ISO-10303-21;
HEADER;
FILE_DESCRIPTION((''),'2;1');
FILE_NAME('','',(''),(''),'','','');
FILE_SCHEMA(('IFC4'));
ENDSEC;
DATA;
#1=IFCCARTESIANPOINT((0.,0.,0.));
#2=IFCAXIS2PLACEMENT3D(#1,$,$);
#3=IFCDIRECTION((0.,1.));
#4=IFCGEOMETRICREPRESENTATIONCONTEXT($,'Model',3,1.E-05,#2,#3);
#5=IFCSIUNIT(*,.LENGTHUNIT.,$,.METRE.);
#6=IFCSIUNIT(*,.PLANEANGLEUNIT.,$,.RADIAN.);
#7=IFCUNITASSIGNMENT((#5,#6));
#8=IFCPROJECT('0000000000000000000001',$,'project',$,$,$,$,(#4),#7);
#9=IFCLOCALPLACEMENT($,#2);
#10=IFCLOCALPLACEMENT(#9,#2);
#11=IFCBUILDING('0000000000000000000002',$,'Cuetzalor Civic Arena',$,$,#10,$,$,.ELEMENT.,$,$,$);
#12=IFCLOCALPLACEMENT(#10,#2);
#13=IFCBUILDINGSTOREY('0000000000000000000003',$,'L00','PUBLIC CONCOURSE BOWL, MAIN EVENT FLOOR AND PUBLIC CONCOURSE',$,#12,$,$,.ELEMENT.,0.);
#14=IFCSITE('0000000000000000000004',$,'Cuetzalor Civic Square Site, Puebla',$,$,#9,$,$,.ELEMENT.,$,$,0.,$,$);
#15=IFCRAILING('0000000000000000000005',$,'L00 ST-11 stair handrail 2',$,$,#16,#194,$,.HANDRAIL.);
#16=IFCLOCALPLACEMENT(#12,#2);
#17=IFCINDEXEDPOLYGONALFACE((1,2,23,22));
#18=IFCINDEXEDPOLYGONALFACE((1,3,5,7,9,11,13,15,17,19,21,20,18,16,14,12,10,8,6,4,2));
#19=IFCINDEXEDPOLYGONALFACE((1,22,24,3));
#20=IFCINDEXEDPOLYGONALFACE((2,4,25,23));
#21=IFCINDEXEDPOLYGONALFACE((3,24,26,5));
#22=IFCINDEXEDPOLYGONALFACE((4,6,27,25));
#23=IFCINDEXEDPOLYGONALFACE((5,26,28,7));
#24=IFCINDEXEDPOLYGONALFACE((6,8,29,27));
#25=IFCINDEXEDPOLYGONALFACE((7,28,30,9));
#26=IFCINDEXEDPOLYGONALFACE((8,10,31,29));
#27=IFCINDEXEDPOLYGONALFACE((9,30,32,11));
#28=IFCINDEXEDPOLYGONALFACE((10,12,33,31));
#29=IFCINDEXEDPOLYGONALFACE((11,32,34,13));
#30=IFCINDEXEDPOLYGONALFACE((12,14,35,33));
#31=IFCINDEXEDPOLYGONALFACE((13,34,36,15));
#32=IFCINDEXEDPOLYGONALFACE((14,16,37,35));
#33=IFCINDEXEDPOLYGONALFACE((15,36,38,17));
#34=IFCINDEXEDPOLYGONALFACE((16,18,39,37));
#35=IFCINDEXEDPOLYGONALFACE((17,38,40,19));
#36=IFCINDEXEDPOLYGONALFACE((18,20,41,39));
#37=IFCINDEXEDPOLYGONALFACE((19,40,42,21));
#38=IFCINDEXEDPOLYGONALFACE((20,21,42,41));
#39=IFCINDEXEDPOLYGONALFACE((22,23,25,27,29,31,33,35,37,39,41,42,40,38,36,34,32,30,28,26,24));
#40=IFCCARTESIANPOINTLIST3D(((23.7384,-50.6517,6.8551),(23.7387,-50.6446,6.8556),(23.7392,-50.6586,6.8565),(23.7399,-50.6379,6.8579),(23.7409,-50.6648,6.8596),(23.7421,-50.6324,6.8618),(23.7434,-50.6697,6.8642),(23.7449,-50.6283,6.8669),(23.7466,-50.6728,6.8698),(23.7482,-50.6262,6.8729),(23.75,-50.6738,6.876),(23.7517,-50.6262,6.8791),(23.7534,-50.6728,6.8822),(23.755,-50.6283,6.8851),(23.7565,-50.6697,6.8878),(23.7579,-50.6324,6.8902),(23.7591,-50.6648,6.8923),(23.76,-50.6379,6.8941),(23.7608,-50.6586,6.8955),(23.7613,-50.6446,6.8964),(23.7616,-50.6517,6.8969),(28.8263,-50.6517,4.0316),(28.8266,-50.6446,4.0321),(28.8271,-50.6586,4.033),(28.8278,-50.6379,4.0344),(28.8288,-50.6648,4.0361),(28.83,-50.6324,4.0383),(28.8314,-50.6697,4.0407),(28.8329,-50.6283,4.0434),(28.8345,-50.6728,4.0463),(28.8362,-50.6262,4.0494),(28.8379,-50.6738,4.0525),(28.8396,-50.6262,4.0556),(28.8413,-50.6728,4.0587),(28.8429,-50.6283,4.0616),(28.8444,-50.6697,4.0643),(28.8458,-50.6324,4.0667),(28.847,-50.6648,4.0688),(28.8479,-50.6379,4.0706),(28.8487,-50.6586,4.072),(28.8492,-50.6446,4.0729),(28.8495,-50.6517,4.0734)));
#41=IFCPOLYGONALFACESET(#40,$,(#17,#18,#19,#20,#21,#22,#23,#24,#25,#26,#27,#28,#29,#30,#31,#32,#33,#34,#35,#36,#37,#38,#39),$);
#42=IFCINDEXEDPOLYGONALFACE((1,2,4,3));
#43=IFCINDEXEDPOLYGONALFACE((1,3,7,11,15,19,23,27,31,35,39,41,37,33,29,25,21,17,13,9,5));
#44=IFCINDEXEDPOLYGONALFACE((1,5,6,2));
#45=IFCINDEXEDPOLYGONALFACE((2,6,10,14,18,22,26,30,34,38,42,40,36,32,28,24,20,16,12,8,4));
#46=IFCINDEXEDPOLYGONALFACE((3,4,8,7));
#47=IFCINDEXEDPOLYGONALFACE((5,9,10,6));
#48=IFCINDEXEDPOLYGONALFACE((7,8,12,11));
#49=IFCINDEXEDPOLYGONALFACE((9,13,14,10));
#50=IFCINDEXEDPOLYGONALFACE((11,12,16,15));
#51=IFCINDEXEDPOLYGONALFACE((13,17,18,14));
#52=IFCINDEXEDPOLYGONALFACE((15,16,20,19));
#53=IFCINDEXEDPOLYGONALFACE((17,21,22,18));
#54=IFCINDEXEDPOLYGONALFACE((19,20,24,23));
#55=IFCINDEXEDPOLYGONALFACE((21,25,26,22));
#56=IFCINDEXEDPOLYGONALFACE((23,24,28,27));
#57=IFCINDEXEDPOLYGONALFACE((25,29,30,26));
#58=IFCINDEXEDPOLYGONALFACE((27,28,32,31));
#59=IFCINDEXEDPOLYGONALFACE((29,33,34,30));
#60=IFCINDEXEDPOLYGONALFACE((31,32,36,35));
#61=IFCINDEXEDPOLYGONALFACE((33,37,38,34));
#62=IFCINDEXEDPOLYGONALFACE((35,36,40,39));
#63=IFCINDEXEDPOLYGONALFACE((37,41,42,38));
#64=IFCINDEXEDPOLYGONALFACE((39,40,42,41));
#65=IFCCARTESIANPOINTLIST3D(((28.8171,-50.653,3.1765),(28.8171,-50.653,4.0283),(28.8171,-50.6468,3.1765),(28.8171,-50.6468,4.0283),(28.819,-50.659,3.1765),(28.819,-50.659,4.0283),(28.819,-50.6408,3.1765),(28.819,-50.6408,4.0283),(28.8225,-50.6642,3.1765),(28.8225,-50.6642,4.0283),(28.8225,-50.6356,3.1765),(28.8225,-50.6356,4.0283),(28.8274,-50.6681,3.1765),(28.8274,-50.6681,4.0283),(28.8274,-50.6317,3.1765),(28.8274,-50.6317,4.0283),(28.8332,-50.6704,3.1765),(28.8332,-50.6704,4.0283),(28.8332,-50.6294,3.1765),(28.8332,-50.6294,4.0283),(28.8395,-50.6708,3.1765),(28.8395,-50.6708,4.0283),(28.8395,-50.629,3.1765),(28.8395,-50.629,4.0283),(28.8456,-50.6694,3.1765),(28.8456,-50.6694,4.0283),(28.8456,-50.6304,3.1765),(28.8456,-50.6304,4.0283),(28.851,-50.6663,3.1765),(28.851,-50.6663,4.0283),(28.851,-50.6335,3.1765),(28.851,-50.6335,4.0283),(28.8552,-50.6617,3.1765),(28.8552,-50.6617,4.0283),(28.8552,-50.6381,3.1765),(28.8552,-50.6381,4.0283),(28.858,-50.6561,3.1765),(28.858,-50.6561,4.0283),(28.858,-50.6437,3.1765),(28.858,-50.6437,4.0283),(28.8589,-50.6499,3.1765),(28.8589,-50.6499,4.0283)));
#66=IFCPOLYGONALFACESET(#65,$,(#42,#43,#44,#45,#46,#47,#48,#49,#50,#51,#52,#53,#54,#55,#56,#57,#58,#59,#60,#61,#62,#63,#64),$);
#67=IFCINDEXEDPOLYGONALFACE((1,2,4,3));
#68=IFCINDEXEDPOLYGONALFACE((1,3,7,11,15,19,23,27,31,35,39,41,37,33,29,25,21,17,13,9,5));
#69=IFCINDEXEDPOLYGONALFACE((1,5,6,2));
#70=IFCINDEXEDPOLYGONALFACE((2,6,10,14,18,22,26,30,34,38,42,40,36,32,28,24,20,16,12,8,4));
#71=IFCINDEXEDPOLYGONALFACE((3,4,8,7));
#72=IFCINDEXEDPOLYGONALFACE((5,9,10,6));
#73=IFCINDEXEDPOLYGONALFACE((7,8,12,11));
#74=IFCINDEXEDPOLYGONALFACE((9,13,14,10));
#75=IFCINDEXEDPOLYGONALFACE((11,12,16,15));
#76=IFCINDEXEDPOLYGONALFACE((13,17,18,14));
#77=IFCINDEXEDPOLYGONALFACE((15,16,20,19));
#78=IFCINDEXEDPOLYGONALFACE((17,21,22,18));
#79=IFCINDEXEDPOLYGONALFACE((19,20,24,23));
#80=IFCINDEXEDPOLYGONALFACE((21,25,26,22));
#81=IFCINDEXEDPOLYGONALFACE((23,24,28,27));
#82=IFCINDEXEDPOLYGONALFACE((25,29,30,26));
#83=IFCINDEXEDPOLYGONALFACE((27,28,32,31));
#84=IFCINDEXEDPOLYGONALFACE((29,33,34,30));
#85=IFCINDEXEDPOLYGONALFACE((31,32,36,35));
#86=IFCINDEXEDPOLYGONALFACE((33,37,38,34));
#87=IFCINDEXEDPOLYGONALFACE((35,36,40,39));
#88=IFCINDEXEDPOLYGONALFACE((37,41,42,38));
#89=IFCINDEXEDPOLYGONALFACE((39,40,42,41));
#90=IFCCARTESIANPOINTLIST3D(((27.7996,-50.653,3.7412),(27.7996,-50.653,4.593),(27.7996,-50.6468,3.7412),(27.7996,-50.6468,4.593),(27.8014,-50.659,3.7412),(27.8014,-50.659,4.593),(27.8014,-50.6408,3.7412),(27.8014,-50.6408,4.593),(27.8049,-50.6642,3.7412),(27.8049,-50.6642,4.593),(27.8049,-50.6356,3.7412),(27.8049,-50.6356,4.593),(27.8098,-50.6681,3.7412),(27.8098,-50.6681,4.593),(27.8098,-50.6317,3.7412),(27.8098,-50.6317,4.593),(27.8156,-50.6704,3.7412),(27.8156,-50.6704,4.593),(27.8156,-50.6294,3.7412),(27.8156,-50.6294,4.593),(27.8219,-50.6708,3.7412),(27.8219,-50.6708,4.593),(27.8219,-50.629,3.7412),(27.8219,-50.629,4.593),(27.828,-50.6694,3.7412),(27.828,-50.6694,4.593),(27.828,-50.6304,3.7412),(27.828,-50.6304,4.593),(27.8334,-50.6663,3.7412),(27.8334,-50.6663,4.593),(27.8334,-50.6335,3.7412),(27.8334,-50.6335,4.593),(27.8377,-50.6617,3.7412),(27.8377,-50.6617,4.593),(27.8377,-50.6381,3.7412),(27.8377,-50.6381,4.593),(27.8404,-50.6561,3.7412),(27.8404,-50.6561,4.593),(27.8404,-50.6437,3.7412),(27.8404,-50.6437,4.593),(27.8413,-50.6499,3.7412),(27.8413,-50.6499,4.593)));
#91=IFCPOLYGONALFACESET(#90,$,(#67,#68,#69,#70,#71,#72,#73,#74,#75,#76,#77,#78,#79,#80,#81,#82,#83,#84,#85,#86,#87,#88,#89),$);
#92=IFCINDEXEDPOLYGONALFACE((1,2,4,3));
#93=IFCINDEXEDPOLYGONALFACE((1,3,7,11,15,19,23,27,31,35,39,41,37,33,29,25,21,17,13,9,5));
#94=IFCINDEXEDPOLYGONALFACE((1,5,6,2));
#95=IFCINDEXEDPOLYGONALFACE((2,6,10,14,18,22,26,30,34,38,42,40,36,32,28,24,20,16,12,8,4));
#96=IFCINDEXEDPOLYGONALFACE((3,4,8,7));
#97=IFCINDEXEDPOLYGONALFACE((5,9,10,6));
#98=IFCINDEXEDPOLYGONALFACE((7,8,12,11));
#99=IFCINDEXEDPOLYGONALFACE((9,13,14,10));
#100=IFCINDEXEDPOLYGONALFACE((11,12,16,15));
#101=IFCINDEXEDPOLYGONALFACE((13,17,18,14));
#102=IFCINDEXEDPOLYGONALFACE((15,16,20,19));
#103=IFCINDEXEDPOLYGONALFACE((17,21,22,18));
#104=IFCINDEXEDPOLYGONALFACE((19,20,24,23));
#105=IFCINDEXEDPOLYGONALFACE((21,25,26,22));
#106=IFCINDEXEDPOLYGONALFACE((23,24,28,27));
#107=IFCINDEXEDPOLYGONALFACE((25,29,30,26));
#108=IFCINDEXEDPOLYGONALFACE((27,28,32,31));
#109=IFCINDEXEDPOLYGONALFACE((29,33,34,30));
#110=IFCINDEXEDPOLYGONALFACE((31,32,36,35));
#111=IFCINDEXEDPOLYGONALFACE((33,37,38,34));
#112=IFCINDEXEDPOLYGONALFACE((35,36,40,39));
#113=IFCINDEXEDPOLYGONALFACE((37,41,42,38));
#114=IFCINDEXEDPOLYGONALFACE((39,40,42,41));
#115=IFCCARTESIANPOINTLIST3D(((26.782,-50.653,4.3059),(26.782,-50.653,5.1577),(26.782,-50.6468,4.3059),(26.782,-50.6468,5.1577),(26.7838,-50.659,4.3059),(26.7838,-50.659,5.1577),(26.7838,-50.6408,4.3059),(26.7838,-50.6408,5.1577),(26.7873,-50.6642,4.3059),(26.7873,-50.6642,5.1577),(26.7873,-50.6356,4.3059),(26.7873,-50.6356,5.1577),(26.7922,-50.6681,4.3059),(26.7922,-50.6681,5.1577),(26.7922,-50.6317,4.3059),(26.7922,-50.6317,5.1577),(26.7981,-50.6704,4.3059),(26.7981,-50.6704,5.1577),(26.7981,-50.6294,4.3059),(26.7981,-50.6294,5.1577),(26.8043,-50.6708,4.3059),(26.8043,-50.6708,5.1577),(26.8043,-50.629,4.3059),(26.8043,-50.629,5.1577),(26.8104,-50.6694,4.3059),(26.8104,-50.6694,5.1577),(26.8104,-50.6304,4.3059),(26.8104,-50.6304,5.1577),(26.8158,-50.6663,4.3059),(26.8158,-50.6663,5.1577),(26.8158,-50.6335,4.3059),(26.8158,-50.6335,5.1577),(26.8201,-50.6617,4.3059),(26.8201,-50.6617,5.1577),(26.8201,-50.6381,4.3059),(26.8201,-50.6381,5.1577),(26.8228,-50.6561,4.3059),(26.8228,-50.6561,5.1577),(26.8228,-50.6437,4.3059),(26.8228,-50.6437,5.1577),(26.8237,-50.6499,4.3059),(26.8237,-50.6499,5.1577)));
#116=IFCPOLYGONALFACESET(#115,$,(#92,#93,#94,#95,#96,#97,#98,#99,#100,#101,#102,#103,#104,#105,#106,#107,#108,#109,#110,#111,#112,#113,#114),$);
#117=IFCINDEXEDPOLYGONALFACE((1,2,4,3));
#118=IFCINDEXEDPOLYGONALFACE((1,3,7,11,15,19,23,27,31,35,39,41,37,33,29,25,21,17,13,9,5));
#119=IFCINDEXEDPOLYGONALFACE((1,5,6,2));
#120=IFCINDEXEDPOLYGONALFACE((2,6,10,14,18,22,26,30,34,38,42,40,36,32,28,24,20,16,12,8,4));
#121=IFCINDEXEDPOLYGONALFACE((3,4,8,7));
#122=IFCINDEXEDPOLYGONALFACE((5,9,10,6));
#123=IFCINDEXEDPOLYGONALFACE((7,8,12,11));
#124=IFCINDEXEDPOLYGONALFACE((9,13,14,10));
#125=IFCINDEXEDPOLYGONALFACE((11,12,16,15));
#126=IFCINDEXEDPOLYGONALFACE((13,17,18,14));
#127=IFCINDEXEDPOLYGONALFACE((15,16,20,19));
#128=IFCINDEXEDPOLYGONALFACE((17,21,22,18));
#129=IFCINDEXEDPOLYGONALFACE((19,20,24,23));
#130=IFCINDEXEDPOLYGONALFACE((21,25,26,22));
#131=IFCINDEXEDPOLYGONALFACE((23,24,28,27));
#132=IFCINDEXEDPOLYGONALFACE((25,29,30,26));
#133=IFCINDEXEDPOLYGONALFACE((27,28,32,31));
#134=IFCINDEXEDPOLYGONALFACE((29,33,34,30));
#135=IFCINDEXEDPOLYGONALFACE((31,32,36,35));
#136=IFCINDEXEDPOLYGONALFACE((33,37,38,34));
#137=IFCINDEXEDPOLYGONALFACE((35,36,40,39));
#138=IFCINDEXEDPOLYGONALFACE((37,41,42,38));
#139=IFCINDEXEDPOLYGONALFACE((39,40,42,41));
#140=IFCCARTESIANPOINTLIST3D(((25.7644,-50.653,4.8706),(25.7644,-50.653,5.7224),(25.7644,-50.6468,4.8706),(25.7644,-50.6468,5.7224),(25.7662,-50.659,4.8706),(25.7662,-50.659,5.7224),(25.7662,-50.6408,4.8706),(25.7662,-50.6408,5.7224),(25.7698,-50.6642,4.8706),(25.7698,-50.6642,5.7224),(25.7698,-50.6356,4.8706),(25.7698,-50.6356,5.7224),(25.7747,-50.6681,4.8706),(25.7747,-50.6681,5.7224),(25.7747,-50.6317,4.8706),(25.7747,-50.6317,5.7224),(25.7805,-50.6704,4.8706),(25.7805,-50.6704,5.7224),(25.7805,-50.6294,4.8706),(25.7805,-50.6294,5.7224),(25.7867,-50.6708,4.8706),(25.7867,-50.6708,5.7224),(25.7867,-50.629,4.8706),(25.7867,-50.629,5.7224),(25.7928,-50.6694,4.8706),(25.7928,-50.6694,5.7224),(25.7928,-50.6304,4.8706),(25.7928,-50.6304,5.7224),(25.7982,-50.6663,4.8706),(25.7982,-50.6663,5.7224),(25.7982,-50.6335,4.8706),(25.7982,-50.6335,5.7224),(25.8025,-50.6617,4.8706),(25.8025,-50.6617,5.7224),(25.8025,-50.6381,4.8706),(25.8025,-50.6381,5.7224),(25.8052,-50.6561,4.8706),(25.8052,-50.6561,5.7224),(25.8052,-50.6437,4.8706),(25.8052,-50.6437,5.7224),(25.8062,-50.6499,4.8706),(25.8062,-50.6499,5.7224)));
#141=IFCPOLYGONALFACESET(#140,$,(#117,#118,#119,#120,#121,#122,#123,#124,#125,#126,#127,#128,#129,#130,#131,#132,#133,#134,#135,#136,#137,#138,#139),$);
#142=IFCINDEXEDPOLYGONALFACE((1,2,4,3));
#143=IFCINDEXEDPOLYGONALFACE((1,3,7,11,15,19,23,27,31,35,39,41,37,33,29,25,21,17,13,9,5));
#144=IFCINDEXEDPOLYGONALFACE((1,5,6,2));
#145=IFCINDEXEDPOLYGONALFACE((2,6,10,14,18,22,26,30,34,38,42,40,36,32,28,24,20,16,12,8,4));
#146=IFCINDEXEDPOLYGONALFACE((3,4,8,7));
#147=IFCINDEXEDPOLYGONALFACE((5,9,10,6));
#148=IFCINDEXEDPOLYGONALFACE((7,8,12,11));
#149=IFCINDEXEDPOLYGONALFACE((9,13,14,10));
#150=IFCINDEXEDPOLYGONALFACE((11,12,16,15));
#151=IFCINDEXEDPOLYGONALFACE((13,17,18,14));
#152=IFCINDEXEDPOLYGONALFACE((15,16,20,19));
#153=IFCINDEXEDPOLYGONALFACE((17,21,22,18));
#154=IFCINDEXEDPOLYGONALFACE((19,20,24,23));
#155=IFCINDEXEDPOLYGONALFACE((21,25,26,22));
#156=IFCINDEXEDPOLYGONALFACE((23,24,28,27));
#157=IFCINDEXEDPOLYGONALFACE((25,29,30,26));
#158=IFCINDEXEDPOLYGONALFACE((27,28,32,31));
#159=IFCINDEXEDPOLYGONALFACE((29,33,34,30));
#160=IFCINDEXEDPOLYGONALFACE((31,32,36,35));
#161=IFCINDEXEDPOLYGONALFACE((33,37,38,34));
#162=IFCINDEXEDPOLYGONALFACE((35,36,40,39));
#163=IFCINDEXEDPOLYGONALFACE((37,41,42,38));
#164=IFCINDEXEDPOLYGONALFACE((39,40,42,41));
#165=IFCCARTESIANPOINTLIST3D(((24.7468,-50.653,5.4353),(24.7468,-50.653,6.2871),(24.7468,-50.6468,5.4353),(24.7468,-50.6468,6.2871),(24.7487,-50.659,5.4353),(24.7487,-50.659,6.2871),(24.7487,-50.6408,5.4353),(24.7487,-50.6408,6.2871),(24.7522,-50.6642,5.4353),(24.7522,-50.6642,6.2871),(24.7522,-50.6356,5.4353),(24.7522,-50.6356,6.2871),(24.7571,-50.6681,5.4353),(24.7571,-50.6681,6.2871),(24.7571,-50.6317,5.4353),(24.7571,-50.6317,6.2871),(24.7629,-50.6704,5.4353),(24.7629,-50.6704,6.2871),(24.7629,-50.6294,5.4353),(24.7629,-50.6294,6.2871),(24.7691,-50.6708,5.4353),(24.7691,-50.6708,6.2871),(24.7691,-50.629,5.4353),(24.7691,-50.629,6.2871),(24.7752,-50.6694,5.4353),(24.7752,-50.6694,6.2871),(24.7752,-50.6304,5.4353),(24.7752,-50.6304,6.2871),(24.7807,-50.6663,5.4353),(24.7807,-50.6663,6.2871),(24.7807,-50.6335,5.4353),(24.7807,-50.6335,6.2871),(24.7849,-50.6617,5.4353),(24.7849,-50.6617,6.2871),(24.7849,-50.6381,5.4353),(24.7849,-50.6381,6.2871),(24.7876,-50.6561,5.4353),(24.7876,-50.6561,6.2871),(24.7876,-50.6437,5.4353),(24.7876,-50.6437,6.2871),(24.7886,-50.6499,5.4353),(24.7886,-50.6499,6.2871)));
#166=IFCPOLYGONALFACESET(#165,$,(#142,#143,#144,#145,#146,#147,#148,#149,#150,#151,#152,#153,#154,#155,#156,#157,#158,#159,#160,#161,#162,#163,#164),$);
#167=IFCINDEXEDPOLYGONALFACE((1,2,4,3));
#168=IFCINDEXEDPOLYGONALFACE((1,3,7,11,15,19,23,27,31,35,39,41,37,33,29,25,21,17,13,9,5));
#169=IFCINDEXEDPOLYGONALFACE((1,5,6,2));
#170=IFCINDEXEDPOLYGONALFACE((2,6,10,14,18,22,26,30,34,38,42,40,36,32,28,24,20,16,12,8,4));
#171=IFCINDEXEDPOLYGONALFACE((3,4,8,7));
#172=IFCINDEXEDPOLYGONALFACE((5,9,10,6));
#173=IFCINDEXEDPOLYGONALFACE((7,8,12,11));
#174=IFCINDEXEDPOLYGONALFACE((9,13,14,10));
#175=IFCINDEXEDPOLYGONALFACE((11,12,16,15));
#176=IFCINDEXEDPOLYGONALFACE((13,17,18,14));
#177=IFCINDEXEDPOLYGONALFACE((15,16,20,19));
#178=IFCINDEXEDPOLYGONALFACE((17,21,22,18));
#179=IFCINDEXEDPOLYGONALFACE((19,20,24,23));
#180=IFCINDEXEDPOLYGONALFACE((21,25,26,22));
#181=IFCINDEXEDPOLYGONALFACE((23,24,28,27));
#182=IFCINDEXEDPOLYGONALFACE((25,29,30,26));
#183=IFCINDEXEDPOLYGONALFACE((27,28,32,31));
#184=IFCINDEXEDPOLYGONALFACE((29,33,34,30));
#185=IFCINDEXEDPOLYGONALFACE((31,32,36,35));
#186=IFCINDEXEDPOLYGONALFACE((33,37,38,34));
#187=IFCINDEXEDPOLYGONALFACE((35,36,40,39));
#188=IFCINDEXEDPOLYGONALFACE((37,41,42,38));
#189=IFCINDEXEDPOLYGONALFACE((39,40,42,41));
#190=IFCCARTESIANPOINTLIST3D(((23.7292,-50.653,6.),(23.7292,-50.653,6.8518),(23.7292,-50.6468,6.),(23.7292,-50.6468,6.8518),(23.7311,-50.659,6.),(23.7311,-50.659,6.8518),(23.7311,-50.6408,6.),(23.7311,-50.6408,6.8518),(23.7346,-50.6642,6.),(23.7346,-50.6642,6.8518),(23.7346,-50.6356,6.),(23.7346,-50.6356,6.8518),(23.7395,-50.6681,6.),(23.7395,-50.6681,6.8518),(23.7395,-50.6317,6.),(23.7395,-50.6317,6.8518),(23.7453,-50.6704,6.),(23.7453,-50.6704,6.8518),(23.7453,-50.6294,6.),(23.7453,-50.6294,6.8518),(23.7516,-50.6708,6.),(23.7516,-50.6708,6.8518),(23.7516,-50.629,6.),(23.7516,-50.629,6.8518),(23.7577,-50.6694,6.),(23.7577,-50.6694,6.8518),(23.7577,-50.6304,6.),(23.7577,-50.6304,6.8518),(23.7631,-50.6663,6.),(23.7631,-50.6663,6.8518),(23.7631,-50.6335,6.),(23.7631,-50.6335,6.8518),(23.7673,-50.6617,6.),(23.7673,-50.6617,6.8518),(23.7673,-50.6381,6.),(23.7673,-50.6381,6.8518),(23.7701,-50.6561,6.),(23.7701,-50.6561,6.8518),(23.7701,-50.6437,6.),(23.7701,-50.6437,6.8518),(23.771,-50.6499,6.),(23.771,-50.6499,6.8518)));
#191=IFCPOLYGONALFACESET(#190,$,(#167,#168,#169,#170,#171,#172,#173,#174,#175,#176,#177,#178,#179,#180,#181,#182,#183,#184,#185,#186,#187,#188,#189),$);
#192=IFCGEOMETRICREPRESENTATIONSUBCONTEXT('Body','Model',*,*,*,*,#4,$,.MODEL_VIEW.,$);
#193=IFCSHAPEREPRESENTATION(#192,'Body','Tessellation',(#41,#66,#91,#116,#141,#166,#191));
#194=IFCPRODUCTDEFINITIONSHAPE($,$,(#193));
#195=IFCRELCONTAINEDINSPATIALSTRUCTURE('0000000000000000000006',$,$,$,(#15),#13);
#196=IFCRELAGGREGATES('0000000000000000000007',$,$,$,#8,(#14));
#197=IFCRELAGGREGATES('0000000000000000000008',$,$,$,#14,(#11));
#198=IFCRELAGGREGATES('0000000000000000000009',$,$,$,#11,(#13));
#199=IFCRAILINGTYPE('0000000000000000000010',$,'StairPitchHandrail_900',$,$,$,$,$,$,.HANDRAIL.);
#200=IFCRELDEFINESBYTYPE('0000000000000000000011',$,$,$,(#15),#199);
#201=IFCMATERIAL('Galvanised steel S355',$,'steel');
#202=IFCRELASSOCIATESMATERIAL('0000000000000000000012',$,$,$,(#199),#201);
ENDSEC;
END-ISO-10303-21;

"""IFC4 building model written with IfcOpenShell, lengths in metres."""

from ifc_helpers import new_model, si_unit, direction, frame, origin, origin_2d, place, context, subcontext, project, spatial, circle, extrude, material, type_object, element, save


model = new_model("IFC4")

# Units and contexts
model_context = context("Model", 3, precision=1e-05, world=origin(), true_north=direction((0.0, 1.0)))
body_context = subcontext(model_context, "Body", "Model", "MODEL_VIEW")
ifc_project = project(units=[si_unit("LENGTHUNIT", "METRE"), si_unit("PLANEANGLEUNIT", "RADIAN")], contexts=[model_context])

# Site, building, storey
site_placement = place(None, origin())
site = spatial("IfcSite", under=ifc_project, at=site_placement, Name="Cuetzalor Civic Square Site, Puebla", CompositionType="ELEMENT", RefElevation=0.0)
building_placement = place(site_placement, origin())
building = spatial("IfcBuilding", under=site, at=building_placement, Name="Cuetzalor Civic Arena", CompositionType="ELEMENT")
storey_placement = place(building_placement, origin())
storey = spatial("IfcBuildingStorey", under=building, at=storey_placement, Name="L00", Description="PUBLIC CONCOURSE BOWL, MAIN EVENT FLOOR AND PUBLIC CONCOURSE", CompositionType="ELEMENT", Elevation=0.0)

# Railing
ifc_material_1 = material(Name="Galvanised steel S355", Category="steel")
railing_type_1 = type_object("IfcRailingType", Name="StairPitchHandrail_900", PredefinedType="HANDRAIL", material=ifc_material_1)
railing_1_placement = place(storey_placement, frame((28.8379, -50.6499, 3.1765)))
element("IfcRailing", 1, at=railing_1_placement, inside=storey, type_object=railing_type_1, Name="L00 ST-11 stair handrail 2", PredefinedType="HANDRAIL", context=body_context, shape_type="SweptSolid", body=[
    extrude(circle(Radius=0.0239, at=origin_2d()), frame((0.0, 0.0, 0.876), z_axis=(-0.874385, 0.0, 0.485233), x_axis=(0.0, -1.0, 0.0)), (0.0, 0.0, 1.0), 5.8188),
    extrude(circle(Radius=0.021, at=origin_2d()), origin(), (0.0, 0.0, 1.0), 0.8518),
    extrude(circle(Radius=0.021, at=origin_2d()), frame((-1.0176, 0.0, 0.5647)), (0.0, 0.0, 1.0), 0.8518),
    extrude(circle(Radius=0.021, at=origin_2d()), frame((-2.0352, 0.0, 1.1294)), (0.0, 0.0, 1.0), 0.8518),
    extrude(circle(Radius=0.021, at=origin_2d()), frame((-3.0527, 0.0, 1.6941)), (0.0, 0.0, 1.0), 0.8518),
    extrude(circle(Radius=0.021, at=origin_2d()), frame((-4.0703, 0.0, 2.2588)), (0.0, 0.0, 1.0), 0.8518),
    extrude(circle(Radius=0.021, at=origin_2d()), frame((-5.0879, 0.0, 2.8235)), (0.0, 0.0, 1.0), 0.8518),
])

save(model, "model.ifc")
